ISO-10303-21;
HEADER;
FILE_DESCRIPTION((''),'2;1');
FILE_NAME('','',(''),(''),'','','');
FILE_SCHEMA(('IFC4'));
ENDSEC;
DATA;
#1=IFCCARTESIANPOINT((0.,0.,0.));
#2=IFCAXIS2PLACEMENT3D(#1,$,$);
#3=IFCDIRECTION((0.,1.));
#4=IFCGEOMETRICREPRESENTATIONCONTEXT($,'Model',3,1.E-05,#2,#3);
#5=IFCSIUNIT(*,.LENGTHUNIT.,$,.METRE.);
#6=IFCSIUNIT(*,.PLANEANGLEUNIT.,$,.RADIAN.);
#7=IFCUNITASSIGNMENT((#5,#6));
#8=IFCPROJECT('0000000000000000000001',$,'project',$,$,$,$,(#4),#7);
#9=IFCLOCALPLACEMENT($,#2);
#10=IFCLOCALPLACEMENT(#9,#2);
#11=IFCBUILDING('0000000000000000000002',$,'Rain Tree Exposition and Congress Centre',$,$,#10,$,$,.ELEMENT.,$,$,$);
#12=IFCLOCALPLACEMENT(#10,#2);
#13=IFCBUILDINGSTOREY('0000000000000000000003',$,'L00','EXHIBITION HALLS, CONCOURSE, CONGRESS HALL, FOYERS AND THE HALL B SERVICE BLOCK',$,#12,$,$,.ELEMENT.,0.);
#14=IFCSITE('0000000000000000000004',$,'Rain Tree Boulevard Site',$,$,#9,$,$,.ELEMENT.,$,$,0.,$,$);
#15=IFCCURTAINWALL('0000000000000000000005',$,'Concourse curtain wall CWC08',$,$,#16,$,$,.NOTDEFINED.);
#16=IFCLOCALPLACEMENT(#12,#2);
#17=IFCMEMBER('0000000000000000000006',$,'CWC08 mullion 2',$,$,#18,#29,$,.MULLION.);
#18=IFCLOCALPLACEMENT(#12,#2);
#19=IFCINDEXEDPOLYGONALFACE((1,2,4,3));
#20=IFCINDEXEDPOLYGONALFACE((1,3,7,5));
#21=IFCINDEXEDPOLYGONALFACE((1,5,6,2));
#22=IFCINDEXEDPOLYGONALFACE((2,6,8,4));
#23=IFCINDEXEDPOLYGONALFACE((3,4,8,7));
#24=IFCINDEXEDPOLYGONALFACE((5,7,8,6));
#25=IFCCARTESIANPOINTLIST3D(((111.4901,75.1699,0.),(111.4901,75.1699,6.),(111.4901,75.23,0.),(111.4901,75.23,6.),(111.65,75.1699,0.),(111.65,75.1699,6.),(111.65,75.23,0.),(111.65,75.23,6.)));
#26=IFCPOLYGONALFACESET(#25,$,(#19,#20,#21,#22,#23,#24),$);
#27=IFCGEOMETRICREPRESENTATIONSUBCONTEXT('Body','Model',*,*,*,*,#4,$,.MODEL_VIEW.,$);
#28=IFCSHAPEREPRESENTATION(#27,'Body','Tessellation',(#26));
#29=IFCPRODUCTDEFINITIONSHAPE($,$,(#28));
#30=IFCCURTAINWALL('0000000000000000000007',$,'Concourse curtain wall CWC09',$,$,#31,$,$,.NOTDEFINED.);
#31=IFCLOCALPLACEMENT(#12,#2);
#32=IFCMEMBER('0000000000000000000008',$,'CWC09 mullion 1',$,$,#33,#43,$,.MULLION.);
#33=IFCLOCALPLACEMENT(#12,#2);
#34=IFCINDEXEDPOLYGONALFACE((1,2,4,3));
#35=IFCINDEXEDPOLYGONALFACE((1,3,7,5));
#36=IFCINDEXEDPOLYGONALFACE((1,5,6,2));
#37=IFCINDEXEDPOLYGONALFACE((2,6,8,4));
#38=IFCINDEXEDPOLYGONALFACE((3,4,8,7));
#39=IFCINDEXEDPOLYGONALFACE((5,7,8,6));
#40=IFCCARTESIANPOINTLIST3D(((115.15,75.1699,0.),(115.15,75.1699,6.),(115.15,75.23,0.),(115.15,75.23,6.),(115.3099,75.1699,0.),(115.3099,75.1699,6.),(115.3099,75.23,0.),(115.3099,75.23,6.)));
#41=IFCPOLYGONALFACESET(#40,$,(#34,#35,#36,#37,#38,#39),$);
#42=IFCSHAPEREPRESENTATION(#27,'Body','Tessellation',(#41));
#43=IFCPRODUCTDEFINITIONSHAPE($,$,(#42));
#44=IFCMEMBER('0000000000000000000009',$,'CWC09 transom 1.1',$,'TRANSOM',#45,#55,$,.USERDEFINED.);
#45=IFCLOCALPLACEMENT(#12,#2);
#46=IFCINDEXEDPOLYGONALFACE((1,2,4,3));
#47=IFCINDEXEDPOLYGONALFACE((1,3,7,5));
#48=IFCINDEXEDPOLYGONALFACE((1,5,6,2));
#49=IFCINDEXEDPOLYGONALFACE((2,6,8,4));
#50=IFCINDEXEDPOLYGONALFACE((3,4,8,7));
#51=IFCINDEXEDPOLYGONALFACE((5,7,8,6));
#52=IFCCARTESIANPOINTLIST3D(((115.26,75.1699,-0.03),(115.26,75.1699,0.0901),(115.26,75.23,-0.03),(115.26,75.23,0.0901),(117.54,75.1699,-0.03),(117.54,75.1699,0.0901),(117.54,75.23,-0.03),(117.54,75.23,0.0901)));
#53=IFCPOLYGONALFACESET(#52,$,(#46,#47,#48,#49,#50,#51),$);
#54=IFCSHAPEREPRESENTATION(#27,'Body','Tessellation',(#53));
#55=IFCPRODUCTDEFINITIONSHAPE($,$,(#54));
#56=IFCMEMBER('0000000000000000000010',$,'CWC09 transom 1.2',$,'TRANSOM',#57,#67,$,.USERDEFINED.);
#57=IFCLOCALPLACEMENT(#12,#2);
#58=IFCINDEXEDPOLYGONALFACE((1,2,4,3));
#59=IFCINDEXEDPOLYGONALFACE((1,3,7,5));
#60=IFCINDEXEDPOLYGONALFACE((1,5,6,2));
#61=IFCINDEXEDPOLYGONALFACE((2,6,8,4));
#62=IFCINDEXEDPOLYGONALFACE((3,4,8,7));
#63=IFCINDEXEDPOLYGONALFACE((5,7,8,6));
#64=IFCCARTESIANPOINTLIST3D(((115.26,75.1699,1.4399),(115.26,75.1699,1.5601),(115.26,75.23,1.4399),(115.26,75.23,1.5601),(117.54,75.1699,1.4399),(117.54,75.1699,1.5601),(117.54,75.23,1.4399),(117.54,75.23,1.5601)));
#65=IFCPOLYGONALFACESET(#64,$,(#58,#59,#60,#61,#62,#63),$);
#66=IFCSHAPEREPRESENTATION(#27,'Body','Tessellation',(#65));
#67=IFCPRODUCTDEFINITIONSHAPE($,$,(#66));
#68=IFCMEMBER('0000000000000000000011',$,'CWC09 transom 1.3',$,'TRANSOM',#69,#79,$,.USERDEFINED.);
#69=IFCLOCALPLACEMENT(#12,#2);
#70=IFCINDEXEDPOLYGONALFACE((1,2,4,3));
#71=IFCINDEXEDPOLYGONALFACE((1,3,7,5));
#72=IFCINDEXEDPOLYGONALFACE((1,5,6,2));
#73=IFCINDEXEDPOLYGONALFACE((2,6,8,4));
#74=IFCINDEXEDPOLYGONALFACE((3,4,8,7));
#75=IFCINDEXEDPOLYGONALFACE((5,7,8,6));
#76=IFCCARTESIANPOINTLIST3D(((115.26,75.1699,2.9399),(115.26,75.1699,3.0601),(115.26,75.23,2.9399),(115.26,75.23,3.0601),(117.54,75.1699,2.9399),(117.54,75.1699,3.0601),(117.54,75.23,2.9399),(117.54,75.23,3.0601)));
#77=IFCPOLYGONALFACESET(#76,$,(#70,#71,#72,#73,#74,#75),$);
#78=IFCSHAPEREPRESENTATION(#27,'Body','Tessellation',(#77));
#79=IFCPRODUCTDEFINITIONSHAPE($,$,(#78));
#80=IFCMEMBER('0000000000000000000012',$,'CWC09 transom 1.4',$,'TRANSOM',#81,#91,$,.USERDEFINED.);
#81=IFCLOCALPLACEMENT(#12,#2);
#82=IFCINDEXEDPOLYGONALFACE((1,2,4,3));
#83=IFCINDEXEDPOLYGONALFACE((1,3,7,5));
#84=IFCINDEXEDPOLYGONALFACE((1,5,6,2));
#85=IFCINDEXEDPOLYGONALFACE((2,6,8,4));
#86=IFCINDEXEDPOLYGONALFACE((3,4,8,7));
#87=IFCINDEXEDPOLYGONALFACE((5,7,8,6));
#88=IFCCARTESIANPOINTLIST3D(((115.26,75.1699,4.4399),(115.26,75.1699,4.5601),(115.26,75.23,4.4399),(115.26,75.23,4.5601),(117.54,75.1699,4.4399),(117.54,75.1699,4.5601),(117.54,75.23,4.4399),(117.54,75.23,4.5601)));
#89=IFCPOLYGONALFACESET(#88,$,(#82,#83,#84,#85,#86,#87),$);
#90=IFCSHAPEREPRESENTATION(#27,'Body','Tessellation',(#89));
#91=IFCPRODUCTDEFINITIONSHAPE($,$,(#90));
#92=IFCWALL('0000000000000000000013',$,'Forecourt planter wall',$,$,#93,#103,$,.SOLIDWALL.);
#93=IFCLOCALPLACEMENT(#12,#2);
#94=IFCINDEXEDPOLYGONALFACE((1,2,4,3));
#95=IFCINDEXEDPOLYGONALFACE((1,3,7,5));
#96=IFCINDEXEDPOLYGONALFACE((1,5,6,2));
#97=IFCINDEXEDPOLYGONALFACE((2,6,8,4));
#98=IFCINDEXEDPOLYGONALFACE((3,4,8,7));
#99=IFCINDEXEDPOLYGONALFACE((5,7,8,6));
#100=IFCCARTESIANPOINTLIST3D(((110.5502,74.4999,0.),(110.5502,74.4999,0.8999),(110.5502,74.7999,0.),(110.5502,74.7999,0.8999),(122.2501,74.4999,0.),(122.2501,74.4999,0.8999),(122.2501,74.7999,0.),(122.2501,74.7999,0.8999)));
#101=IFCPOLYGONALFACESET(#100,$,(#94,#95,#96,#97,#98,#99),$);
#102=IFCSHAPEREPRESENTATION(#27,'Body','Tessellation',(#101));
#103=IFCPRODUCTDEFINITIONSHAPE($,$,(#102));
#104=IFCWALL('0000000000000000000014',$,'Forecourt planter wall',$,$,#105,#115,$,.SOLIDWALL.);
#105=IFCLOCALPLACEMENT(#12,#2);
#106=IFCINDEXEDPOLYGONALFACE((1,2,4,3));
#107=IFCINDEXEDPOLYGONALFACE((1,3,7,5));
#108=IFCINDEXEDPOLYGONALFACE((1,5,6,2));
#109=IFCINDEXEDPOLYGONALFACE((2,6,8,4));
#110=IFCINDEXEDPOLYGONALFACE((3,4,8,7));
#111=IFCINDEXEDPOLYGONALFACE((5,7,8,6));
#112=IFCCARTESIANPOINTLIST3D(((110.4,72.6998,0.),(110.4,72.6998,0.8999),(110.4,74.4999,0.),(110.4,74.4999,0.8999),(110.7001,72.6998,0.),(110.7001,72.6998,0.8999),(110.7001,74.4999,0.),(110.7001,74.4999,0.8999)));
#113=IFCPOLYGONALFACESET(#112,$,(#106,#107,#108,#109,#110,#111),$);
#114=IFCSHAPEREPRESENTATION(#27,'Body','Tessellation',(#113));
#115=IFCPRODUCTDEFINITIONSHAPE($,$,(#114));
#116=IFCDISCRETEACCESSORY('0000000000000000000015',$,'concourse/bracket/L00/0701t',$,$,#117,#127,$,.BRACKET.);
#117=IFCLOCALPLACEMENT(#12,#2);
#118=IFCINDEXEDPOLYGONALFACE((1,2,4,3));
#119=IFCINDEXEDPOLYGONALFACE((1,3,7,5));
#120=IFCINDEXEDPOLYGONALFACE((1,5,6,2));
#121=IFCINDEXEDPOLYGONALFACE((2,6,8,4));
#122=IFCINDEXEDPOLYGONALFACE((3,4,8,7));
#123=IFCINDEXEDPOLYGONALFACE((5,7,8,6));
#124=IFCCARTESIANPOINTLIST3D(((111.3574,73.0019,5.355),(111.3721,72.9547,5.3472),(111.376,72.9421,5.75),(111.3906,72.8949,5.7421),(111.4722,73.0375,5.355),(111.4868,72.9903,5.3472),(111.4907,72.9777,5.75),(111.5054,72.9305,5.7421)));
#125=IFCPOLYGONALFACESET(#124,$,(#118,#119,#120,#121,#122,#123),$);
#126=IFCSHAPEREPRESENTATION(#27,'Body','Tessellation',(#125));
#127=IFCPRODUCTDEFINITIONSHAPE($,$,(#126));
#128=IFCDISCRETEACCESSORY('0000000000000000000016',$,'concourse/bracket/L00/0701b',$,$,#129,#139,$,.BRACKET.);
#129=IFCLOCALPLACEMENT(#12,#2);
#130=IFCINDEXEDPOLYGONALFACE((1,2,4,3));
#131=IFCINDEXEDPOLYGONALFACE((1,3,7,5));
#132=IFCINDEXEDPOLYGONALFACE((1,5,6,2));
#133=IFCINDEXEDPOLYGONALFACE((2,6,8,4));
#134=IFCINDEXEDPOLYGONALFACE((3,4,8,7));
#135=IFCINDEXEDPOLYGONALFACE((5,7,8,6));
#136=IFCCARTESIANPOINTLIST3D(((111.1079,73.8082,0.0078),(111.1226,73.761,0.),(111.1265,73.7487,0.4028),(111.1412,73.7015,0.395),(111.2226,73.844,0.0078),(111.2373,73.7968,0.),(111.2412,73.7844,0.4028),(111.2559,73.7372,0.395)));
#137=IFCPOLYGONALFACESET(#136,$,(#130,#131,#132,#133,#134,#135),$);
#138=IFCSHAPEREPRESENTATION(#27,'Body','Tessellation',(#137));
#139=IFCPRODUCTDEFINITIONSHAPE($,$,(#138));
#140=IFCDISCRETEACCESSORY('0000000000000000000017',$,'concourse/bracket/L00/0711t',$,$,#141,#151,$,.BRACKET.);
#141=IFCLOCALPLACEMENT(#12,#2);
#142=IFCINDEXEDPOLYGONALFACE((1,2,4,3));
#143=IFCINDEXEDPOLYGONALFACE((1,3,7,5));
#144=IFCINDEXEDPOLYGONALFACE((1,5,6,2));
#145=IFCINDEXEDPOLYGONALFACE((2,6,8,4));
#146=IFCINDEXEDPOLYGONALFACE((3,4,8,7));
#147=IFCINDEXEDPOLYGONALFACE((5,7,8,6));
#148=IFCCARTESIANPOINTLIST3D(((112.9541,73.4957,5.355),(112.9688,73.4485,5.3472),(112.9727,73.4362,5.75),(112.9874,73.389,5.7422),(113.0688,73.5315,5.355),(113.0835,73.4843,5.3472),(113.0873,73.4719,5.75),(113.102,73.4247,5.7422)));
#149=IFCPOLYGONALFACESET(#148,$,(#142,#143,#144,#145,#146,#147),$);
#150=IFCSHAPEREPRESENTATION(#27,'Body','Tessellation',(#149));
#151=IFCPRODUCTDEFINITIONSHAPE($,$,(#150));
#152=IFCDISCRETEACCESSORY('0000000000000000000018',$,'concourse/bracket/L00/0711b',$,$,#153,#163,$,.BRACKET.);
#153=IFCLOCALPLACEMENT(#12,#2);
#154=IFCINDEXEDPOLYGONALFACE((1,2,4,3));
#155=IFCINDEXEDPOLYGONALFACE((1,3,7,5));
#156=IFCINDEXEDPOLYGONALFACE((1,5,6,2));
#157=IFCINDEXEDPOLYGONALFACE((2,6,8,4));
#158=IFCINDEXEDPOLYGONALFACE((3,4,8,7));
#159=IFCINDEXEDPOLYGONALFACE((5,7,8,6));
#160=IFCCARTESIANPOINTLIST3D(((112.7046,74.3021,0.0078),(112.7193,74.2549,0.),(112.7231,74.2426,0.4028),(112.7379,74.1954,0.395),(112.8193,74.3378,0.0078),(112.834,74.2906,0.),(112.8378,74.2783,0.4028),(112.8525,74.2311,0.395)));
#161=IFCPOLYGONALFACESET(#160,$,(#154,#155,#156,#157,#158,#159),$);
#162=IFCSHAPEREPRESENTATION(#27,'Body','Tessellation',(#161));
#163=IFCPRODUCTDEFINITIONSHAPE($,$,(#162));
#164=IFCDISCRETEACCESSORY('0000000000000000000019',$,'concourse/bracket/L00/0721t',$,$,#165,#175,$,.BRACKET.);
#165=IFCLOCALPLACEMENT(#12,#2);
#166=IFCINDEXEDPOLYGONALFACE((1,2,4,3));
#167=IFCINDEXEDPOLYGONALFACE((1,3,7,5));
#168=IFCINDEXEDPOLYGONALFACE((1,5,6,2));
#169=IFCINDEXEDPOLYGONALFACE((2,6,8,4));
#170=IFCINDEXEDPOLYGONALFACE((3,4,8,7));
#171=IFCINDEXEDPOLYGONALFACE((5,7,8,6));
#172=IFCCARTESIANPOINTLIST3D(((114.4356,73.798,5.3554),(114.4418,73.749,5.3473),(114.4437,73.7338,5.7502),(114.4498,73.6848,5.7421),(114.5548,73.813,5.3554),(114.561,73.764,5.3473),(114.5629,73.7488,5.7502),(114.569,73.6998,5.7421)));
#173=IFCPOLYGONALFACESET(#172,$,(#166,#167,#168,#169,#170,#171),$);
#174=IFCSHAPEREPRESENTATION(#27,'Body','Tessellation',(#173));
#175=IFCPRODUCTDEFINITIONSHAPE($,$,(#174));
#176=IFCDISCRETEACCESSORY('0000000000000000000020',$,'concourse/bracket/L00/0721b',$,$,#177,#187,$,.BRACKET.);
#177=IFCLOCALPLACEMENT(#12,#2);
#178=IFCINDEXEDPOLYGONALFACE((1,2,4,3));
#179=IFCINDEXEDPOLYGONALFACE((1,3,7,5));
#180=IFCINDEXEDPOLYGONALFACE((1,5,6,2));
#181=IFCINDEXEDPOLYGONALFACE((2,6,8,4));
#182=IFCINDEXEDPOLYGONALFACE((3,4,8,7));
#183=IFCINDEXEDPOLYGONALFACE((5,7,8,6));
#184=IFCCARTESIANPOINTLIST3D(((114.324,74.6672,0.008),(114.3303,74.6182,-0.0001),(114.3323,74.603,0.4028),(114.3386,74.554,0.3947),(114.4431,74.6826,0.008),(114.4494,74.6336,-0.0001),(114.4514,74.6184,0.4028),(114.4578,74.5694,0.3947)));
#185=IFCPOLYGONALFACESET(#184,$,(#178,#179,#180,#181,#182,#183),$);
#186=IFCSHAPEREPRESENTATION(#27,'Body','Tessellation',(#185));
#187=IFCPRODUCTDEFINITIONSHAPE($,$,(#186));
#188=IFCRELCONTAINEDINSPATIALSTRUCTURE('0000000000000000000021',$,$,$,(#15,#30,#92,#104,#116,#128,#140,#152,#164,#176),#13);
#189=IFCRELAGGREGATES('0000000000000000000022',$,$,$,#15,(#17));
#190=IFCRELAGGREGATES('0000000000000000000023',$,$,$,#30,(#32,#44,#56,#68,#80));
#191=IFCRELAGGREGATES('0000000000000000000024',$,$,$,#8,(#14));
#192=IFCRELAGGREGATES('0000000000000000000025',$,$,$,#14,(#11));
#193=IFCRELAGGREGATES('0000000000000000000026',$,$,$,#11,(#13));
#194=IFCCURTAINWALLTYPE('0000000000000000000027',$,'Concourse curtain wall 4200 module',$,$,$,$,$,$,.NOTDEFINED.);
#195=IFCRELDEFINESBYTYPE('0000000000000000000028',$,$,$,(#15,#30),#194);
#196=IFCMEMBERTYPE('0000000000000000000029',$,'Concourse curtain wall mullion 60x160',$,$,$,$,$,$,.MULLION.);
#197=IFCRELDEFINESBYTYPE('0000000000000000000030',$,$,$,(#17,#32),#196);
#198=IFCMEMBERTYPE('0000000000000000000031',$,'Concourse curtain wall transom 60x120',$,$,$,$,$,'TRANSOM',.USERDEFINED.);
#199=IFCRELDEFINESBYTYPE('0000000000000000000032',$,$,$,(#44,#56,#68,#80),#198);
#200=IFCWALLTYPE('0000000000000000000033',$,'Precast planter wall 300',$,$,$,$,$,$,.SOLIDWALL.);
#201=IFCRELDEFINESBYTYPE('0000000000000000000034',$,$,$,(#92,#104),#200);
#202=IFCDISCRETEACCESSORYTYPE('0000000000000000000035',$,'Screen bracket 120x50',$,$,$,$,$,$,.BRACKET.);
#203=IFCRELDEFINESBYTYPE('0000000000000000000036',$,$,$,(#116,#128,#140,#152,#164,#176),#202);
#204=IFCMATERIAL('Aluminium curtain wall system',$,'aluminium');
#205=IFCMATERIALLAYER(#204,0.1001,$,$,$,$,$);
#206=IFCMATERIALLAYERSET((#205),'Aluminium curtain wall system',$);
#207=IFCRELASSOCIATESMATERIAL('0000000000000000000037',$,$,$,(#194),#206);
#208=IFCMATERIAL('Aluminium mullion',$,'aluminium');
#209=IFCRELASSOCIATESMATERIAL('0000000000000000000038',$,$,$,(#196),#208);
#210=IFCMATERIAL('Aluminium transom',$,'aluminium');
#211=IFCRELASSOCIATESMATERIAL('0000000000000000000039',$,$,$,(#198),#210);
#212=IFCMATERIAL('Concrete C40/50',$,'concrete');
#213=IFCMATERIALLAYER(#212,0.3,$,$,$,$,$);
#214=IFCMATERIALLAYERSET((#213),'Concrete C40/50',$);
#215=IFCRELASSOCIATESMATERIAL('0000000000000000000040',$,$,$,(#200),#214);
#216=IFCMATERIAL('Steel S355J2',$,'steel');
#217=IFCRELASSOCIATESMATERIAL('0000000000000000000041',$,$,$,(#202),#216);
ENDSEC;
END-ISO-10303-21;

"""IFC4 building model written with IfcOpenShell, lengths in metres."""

from ifc_helpers import new_model, si_unit, direction, frame, frame_2d, origin, origin_2d, place, context, subcontext, project, spatial, rectangle, extrude, material, layer, layer_set, material_profile, profile_set, type_object, element, aggregate, save


model = new_model("IFC4")

# Units and contexts
model_context = context("Model", 3, precision=1e-05, world=origin(), true_north=direction((0.0, 1.0)))
body_context = subcontext(model_context, "Body", "Model", "MODEL_VIEW")
ifc_project = project(units=[si_unit("LENGTHUNIT", "METRE"), si_unit("PLANEANGLEUNIT", "RADIAN")], contexts=[model_context])

# Site, building, storey
site_placement = place(None, origin())
site = spatial("IfcSite", under=ifc_project, at=site_placement, Name="Rain Tree Boulevard Site", CompositionType="ELEMENT", RefElevation=0.0)
building_placement = place(site_placement, origin())
building = spatial("IfcBuilding", under=site, at=building_placement, Name="Rain Tree Exposition and Congress Centre", CompositionType="ELEMENT")
storey_placement = place(building_placement, origin())
storey = spatial("IfcBuildingStorey", under=building, at=storey_placement, Name="L00", Description="EXHIBITION HALLS, CONCOURSE, CONGRESS HALL, FOYERS AND THE HALL B SERVICE BLOCK", CompositionType="ELEMENT", Elevation=0.0)

# Curtain wall, member
ifc_material_1 = material(Name="Aluminium curtain wall system", Category="aluminium")
ifc_layer_1 = layer(ifc_material_1, 0.1001)
ifc_layer_set_1 = layer_set([ifc_layer_1], Name="Aluminium curtain wall system")
curtain_wall_type = type_object("IfcCurtainWallType", Name="Concourse curtain wall 4200 module", PredefinedType="NOTDEFINED", material=ifc_layer_set_1)
curtain_wall_1_placement = place(storey_placement, origin())
curtain_wall_1 = element("IfcCurtainWall", 1, at=curtain_wall_1_placement, inside=storey, type_object=curtain_wall_type, Name="Concourse curtain wall CWC08", PredefinedType="NOTDEFINED")
ifc_material_2 = material(Name="Aluminium mullion", Category="aluminium")
ifc_material_profile_1 = material_profile(ifc_material_2, rectangle(XDim=0.0601, YDim=0.1599, at=origin_2d()), Name="AL 60x160")
ifc_profile_set_1 = profile_set([ifc_material_profile_1], Name="Aluminium mullion")
member_type_1 = type_object("IfcMemberType", Name="Concourse curtain wall mullion 60x160", PredefinedType="MULLION", material=ifc_profile_set_1)
member_1_placement = place(storey_placement, frame((111.5701, 75.2, 0.0), z_axis=(0.0, 0.0, 1.0), x_axis=(0.0, 1.0, 0.0)))
member_1 = element("IfcMember", 2, at=member_1_placement, type_object=member_type_1, Name="CWC08 mullion 2", PredefinedType="MULLION", context=body_context, shape_type="SweptSolid", body=[
    extrude(rectangle(XDim=0.0601, YDim=0.1599, at=origin_2d()), origin(), (0.0, 0.0, 1.0), 6.0),
])
aggregate(curtain_wall_1, [member_1])

# Curtain wall, members
curtain_wall_2_placement = place(storey_placement, origin())
curtain_wall_2 = element("IfcCurtainWall", 3, at=curtain_wall_2_placement, inside=storey, type_object=curtain_wall_type, Name="Concourse curtain wall CWC09", PredefinedType="NOTDEFINED")
member_2_placement = place(storey_placement, frame((115.23, 75.2, 0.0), z_axis=(0.0, 0.0, 1.0), x_axis=(0.0, 1.0, 0.0)))
member_2 = element("IfcMember", 4, at=member_2_placement, type_object=member_type_1, Name="CWC09 mullion 1", PredefinedType="MULLION", context=body_context, shape_type="SweptSolid", body=[
    extrude(rectangle(XDim=0.0601, YDim=0.1599, at=origin_2d()), origin(), (0.0, 0.0, 1.0), 6.0),
])
ifc_material_3 = material(Name="Aluminium transom", Category="aluminium")
ifc_material_profile_2 = material_profile(ifc_material_3, rectangle(XDim=0.0601, YDim=0.1201, at=origin_2d()), Name="AL 60x120")
ifc_profile_set_2 = profile_set([ifc_material_profile_2], Name="Aluminium transom")
member_type_2 = type_object("IfcMemberType", Name="Concourse curtain wall transom 60x120", ElementType="TRANSOM", PredefinedType="USERDEFINED", material=ifc_profile_set_2)
member_3_placement = place(storey_placement, frame((115.26, 75.2, 0.03), z_axis=(1.0, 0.0, 0.0), x_axis=(0.0, 1.0, 0.0)))
member_3 = element("IfcMember", 5, at=member_3_placement, type_object=member_type_2, Name="CWC09 transom 1.1", ObjectType="TRANSOM", PredefinedType="USERDEFINED", context=body_context, shape_type="SweptSolid", body=[
    extrude(rectangle(XDim=0.0601, YDim=0.1201, at=origin_2d()), origin(), (0.0, 0.0, 1.0), 2.28),
])
member_4_placement = place(storey_placement, frame((115.26, 75.2, 1.5), z_axis=(1.0, 0.0, 0.0), x_axis=(0.0, 1.0, 0.0)))
member_4 = element("IfcMember", 6, at=member_4_placement, type_object=member_type_2, Name="CWC09 transom 1.2", ObjectType="TRANSOM", PredefinedType="USERDEFINED", context=body_context, shape_type="SweptSolid", body=[
    extrude(rectangle(XDim=0.0601, YDim=0.1201, at=origin_2d()), origin(), (0.0, 0.0, 1.0), 2.28),
])
member_5_placement = place(storey_placement, frame((115.26, 75.2, 3.0), z_axis=(1.0, 0.0, 0.0), x_axis=(0.0, 1.0, 0.0)))
member_5 = element("IfcMember", 7, at=member_5_placement, type_object=member_type_2, Name="CWC09 transom 1.3", ObjectType="TRANSOM", PredefinedType="USERDEFINED", context=body_context, shape_type="SweptSolid", body=[
    extrude(rectangle(XDim=0.0601, YDim=0.1201, at=origin_2d()), origin(), (0.0, 0.0, 1.0), 2.28),
])
member_6_placement = place(storey_placement, frame((115.26, 75.2, 4.5), z_axis=(1.0, 0.0, 0.0), x_axis=(0.0, 1.0, 0.0)))
member_6 = element("IfcMember", 8, at=member_6_placement, type_object=member_type_2, Name="CWC09 transom 1.4", ObjectType="TRANSOM", PredefinedType="USERDEFINED", context=body_context, shape_type="SweptSolid", body=[
    extrude(rectangle(XDim=0.0601, YDim=0.1201, at=origin_2d()), origin(), (0.0, 0.0, 1.0), 2.28),
])
aggregate(curtain_wall_2, [member_2, member_3, member_4, member_5, member_6])

# Walls
ifc_material_4 = material(Name="Concrete C40/50", Category="concrete")
ifc_layer_2 = layer(ifc_material_4, 0.3)
ifc_layer_set_2 = layer_set([ifc_layer_2], Name="Concrete C40/50")
wall_type_1 = type_object("IfcWallType", Name="Precast planter wall 300", PredefinedType="SOLIDWALL", material=ifc_layer_set_2)
wall_1_placement = place(storey_placement, frame((110.55, 74.6499, 0.0), z_axis=(0.0, 0.0, 1.0), x_axis=(1.0, 0.0, 0.0)))
element("IfcWall", 9, at=wall_1_placement, inside=storey, type_object=wall_type_1, Name="Forecourt planter wall", PredefinedType="SOLIDWALL", context=body_context, shape_type="SweptSolid", body=[
    extrude(rectangle(XDim=11.7, YDim=0.3, at=frame_2d((5.8501, 0.0))), origin(), (0.0, 0.0, 1.0), 0.8999),
])
wall_2_placement = place(storey_placement, frame((110.55, 72.7, 0.0), z_axis=(0.0, 0.0, 1.0), x_axis=(0.0, 1.0, 0.0)))
element("IfcWall", 10, at=wall_2_placement, inside=storey, type_object=wall_type_1, Name="Forecourt planter wall", PredefinedType="SOLIDWALL", context=body_context, shape_type="SweptSolid", body=[
    extrude(rectangle(XDim=1.8, YDim=0.3, at=frame_2d((0.8999, 0.0))), origin(), (0.0, 0.0, 1.0), 0.8999),
])

# Discrete accessories
ifc_material_5 = material(Name="Steel S355J2", Category="steel")
ifc_material_profile_3 = material_profile(ifc_material_5, rectangle(XDim=0.1201, YDim=0.05, at=origin_2d()), Name="Flat bar 120x50")
ifc_profile_set_3 = profile_set([ifc_material_profile_3], Name="Steel S355J2")
discrete_accessory_type = type_object("IfcDiscreteAccessoryType", Name="Screen bracket 120x50", PredefinedType="BRACKET", material=ifc_profile_set_3)
for number, where, z_axis, x_axis, name in (
    (11, (111.4221, 72.9961, 5.3511), (0.046392, -0.149554, 0.987665), (0.955102, 0.296277, 0.0), "concourse/bracket/L00/0701t"),
    (12, (111.1726, 73.8025, 0.0039), (0.046396, -0.148957, 0.987755), (0.954758, 0.297384, 0.0), "concourse/bracket/L00/0701b"),
    (13, (113.0188, 73.49, 5.3511), (0.046396, -0.148957, 0.987755), (0.954758, 0.297384, 0.0), "concourse/bracket/L00/0711t"),
    (14, (112.7693, 74.2964, 0.0039), (0.046396, -0.148957, 0.987755), (0.954758, 0.297384, 0.0), "concourse/bracket/L00/0711b"),
):
    element("IfcDiscreteAccessory", number, at=place(storey_placement, frame(where, z_axis=z_axis, x_axis=x_axis)), inside=storey, type_object=discrete_accessory_type, Name=name, PredefinedType="BRACKET", context=body_context, shape_type="SweptSolid", body=[
        extrude(rectangle(XDim=0.1201, YDim=0.05, at=origin_2d()), origin(), (0.0, 0.0, 1.0), 0.3999),
    ])
for number, where, z_axis, x_axis, name in (
    (15, (114.4983, 73.781, 5.3513), (0.020139, -0.160505, 0.98683), (0.99222, 0.124499, 0.0), "concourse/bracket/L00/0721t"),
    (16, (114.3867, 74.6504, 0.0039), (0.020749, -0.160503, 0.986817), (0.991747, 0.128211, 0.0), "concourse/bracket/L00/0721b"),
):
    element("IfcDiscreteAccessory", number, at=place(storey_placement, frame(where, z_axis=z_axis, x_axis=x_axis)), inside=storey, type_object=discrete_accessory_type, Name=name, PredefinedType="BRACKET", context=body_context, shape_type="SweptSolid", body=[
        extrude(rectangle(XDim=0.1201, YDim=0.05, at=origin_2d()), origin(), (0.0, 0.0, 1.0), 0.4001),
    ])

save(model, "model.ifc")
